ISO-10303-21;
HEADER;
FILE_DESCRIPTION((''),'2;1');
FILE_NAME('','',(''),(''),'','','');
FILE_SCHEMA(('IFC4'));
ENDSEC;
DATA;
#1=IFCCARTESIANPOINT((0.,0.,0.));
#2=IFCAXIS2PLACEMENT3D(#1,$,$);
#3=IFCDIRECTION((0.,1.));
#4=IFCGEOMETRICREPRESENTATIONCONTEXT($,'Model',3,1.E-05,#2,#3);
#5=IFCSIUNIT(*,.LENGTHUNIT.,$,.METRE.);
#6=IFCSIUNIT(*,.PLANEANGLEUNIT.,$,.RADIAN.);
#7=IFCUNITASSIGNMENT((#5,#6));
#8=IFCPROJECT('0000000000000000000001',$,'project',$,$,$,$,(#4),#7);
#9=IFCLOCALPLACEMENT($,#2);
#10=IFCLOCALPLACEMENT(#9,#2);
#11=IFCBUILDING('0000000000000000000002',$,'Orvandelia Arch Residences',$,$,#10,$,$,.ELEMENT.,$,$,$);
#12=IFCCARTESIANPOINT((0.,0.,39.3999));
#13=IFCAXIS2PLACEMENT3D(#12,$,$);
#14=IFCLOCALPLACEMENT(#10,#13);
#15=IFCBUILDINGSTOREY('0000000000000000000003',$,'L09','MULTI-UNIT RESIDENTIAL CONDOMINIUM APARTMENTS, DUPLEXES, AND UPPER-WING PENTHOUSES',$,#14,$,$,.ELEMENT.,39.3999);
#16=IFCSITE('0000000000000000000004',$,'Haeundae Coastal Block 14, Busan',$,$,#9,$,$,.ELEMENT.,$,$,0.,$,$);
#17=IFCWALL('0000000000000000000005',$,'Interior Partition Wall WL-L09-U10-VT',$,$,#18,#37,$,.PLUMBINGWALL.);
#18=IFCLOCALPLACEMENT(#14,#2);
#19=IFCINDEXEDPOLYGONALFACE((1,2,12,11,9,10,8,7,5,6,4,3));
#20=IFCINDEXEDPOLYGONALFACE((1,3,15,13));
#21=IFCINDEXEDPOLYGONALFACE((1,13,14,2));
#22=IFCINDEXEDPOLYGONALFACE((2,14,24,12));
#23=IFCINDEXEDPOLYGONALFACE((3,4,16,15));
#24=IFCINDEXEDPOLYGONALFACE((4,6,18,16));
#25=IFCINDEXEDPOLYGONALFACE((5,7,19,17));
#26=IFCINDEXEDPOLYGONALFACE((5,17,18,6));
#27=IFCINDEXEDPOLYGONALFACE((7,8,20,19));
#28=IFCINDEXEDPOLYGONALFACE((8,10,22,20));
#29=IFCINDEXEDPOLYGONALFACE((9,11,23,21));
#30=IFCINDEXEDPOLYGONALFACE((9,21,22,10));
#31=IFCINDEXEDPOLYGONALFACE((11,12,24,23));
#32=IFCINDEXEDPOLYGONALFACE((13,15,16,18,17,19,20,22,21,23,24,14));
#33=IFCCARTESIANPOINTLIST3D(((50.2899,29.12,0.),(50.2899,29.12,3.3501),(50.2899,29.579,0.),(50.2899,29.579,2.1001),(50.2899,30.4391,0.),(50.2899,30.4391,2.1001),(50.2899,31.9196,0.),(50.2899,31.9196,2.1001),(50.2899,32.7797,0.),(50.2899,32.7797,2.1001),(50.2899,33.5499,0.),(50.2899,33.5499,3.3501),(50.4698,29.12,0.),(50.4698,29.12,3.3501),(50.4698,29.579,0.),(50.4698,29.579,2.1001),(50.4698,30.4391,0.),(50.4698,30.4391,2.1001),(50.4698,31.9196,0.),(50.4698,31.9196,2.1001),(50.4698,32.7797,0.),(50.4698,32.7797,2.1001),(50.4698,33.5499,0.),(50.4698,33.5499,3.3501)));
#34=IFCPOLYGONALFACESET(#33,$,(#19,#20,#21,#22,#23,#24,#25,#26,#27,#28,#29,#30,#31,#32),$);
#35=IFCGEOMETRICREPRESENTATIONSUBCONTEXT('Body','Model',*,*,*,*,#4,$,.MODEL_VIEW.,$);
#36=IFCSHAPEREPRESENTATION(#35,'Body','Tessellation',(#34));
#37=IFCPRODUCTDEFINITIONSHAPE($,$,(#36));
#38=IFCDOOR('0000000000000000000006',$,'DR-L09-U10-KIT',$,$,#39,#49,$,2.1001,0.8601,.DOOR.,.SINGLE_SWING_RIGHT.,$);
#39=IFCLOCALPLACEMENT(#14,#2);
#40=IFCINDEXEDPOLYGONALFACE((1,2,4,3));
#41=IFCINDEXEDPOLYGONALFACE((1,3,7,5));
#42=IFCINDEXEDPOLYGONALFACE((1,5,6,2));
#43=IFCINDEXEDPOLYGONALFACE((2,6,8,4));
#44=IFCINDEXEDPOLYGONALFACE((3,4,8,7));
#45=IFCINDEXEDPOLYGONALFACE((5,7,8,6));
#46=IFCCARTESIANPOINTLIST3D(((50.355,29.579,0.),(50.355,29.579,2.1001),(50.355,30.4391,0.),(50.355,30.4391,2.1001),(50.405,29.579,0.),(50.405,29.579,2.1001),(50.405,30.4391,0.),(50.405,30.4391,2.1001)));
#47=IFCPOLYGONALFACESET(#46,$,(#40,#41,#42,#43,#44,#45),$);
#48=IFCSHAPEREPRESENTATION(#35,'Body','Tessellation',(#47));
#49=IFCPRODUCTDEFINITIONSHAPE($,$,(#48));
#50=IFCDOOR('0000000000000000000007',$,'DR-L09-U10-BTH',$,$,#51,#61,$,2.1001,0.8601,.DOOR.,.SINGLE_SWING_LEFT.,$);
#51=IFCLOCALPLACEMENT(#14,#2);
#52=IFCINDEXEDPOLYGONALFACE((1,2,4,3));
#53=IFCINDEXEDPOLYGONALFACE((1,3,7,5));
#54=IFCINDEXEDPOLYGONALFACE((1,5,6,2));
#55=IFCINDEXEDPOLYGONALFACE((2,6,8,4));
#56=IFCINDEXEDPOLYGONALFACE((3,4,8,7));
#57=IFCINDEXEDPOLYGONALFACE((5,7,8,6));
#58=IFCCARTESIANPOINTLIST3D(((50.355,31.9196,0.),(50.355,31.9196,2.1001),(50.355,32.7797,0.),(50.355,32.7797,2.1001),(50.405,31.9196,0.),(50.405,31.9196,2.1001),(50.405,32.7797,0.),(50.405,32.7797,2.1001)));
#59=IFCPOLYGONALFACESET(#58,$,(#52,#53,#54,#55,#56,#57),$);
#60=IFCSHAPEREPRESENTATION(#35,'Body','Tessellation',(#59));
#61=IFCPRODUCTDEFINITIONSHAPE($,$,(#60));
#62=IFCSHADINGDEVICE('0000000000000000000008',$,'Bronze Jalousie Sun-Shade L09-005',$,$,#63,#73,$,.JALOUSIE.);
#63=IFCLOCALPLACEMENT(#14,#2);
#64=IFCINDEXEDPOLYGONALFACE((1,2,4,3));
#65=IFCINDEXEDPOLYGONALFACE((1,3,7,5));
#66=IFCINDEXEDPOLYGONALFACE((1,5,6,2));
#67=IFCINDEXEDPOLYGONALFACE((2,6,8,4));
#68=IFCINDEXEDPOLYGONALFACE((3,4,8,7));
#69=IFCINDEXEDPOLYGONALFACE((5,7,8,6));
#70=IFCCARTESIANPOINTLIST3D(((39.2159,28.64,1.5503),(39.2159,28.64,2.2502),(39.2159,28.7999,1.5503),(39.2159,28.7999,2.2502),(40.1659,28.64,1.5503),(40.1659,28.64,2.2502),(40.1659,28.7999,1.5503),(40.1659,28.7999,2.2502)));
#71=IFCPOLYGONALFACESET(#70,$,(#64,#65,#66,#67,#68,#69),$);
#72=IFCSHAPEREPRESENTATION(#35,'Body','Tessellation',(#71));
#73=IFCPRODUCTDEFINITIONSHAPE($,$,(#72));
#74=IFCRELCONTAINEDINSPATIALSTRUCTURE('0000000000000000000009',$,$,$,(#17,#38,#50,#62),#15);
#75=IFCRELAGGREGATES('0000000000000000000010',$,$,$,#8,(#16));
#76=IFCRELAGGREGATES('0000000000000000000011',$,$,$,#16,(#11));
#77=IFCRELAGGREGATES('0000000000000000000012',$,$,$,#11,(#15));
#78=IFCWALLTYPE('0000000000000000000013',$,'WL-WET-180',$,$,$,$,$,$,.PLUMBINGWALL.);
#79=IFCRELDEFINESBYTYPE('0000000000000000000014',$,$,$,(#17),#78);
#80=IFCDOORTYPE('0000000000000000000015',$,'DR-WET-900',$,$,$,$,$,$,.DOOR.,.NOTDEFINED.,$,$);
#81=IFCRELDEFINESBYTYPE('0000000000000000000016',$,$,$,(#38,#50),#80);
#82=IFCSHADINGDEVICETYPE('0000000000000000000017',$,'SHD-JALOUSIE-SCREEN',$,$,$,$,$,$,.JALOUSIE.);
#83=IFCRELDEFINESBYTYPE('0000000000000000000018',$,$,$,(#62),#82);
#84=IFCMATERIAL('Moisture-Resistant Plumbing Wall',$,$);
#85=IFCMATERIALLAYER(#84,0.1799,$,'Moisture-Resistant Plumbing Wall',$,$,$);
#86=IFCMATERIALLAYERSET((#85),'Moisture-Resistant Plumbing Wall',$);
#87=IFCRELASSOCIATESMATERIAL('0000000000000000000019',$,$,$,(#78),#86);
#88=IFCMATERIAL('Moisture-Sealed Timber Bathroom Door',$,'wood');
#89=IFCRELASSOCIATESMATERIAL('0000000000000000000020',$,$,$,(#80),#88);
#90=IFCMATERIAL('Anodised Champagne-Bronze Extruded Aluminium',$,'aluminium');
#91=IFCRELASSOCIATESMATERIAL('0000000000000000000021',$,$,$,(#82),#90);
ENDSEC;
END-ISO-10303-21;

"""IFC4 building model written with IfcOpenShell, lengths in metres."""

from ifc_helpers import new_model, si_unit, direction, frame, frame_2d, origin, origin_2d, place, context, subcontext, project, spatial, rectangle, extrude, material, layer, layer_set, type_object, element, fill, save


model = new_model("IFC4")

# Units and contexts
model_context = context("Model", 3, precision=1e-05, world=origin(), true_north=direction((0.0, 1.0)))
body_context = subcontext(model_context, "Body", "Model", "MODEL_VIEW")
ifc_project = project(units=[si_unit("LENGTHUNIT", "METRE"), si_unit("PLANEANGLEUNIT", "RADIAN")], contexts=[model_context])

# Site, building, storey
site_placement = place(None, origin())
site = spatial("IfcSite", under=ifc_project, at=site_placement, Name="Haeundae Coastal Block 14, Busan", CompositionType="ELEMENT", RefElevation=0.0)
building_placement = place(site_placement, origin())
building = spatial("IfcBuilding", under=site, at=building_placement, Name="Orvandelia Arch Residences", CompositionType="ELEMENT")
storey_placement = place(building_placement, frame((0.0, 0.0, 39.3999)))
storey = spatial("IfcBuildingStorey", under=building, at=storey_placement, Name="L09", Description="MULTI-UNIT RESIDENTIAL CONDOMINIUM APARTMENTS, DUPLEXES, AND UPPER-WING PENTHOUSES", CompositionType="ELEMENT", Elevation=39.3999)

# Shared definitions
ifc_material_1 = material(Name="Moisture-Resistant Plumbing Wall")
ifc_layer_1 = layer(ifc_material_1, 0.1799, Name="Moisture-Resistant Plumbing Wall")
ifc_layer_set_1 = layer_set([ifc_layer_1], Name="Moisture-Resistant Plumbing Wall")
wall_type_1 = type_object("IfcWallType", Name="WL-WET-180", PredefinedType="PLUMBINGWALL", material=ifc_layer_set_1)
ifc_material_2 = material(Name="Moisture-Sealed Timber Bathroom Door", Category="wood")
door_type = type_object("IfcDoorType", Name="DR-WET-900", OperationType="NOTDEFINED", PredefinedType="DOOR", material=ifc_material_2)

# Wall, openings, doors
wall_1_placement = place(storey_placement, frame((50.3799, 29.1201, 0.0), z_axis=(0.0, 0.0, 1.0), x_axis=(0.0, 1.0, 0.0)))
wall_1 = element("IfcWall", 1, at=wall_1_placement, inside=storey, type_object=wall_type_1, Name="Interior Partition Wall WL-L09-U10-VT", PredefinedType="PLUMBINGWALL", context=body_context, shape_type="SweptSolid", body=[
    extrude(rectangle(XDim=4.4299, YDim=0.1799, at=frame_2d((2.2148, 0.0))), origin(), (0.0, 0.0, 1.0), 3.3501),
])
opening_1_placement = place(wall_1_placement, frame((0.4587, 0.0, 0.0)))
opening_1 = element("IfcOpeningElement", 2, at=opening_1_placement, cuts=wall_1, PredefinedType="OPENING", context=body_context, shape_type="SweptSolid", body=[
    extrude(rectangle(XDim=0.8601, YDim=2.1001, at=frame_2d((0.4302, 1.05))), frame((0.0, 0.1001, 0.0), z_axis=(0.0, -1.0, 0.0), x_axis=(1.0, 0.0, 0.0)), (0.0, 0.0, 1.0), 0.2),
])
opening_2_placement = place(wall_1_placement, frame((2.7993, 0.0, 0.0)))
opening_2 = element("IfcOpeningElement", 3, at=opening_2_placement, cuts=wall_1, PredefinedType="OPENING", context=body_context, shape_type="SweptSolid", body=[
    extrude(rectangle(XDim=0.8601, YDim=2.1001, at=frame_2d((0.4302, 1.05))), frame((0.0, 0.1001, 0.0), z_axis=(0.0, -1.0, 0.0), x_axis=(1.0, 0.0, 0.0)), (0.0, 0.0, 1.0), 0.2),
])
door_1_placement = place(opening_1_placement, origin())
door_1 = element("IfcDoor", 4, at=door_1_placement, inside=storey, type_object=door_type, Name="DR-L09-U10-KIT", OperationType="SINGLE_SWING_RIGHT", OverallHeight=2.1001, OverallWidth=0.8601, PredefinedType="DOOR", context=body_context, shape_type="SweptSolid", body=[
    extrude(rectangle(XDim=0.8601, YDim=2.1001, at=frame_2d((0.4302, 1.05))), frame((0.0, 0.0249, 0.0), z_axis=(0.0, -1.0, 0.0), x_axis=(1.0, 0.0, 0.0)), (0.0, 0.0, 1.0), 0.05),
])
fill(opening_1, door_1)
door_2_placement = place(opening_2_placement, origin())
door_2 = element("IfcDoor", 5, at=door_2_placement, inside=storey, type_object=door_type, Name="DR-L09-U10-BTH", OperationType="SINGLE_SWING_LEFT", OverallHeight=2.1001, OverallWidth=0.8601, PredefinedType="DOOR", context=body_context, shape_type="SweptSolid", body=[
    extrude(rectangle(XDim=0.8601, YDim=2.1001, at=frame_2d((0.4302, 1.05))), frame((0.0, 0.0249, 0.0), z_axis=(0.0, -1.0, 0.0), x_axis=(1.0, 0.0, 0.0)), (0.0, 0.0, 1.0), 0.05),
])
fill(opening_2, door_2)

# Shading device
ifc_material_3 = material(Name="Anodised Champagne-Bronze Extruded Aluminium", Category="aluminium")
shading_device_type = type_object("IfcShadingDeviceType", Name="SHD-JALOUSIE-SCREEN", PredefinedType="JALOUSIE", material=ifc_material_3)
shading_device_placement = place(storey_placement, frame((39.6909, 28.72, 1.5503), z_axis=(0.0, 0.0, 1.0), x_axis=(-1.0, 0.0, 0.0)))
element("IfcShadingDevice", 6, at=shading_device_placement, inside=storey, type_object=shading_device_type, Name="Bronze Jalousie Sun-Shade L09-005", PredefinedType="JALOUSIE", context=body_context, shape_type="SweptSolid", body=[
    extrude(rectangle(XDim=0.95, YDim=0.1599, at=origin_2d()), origin(), (0.0, 0.0, 1.0), 0.7),
])

save(model, "model.ifc")
